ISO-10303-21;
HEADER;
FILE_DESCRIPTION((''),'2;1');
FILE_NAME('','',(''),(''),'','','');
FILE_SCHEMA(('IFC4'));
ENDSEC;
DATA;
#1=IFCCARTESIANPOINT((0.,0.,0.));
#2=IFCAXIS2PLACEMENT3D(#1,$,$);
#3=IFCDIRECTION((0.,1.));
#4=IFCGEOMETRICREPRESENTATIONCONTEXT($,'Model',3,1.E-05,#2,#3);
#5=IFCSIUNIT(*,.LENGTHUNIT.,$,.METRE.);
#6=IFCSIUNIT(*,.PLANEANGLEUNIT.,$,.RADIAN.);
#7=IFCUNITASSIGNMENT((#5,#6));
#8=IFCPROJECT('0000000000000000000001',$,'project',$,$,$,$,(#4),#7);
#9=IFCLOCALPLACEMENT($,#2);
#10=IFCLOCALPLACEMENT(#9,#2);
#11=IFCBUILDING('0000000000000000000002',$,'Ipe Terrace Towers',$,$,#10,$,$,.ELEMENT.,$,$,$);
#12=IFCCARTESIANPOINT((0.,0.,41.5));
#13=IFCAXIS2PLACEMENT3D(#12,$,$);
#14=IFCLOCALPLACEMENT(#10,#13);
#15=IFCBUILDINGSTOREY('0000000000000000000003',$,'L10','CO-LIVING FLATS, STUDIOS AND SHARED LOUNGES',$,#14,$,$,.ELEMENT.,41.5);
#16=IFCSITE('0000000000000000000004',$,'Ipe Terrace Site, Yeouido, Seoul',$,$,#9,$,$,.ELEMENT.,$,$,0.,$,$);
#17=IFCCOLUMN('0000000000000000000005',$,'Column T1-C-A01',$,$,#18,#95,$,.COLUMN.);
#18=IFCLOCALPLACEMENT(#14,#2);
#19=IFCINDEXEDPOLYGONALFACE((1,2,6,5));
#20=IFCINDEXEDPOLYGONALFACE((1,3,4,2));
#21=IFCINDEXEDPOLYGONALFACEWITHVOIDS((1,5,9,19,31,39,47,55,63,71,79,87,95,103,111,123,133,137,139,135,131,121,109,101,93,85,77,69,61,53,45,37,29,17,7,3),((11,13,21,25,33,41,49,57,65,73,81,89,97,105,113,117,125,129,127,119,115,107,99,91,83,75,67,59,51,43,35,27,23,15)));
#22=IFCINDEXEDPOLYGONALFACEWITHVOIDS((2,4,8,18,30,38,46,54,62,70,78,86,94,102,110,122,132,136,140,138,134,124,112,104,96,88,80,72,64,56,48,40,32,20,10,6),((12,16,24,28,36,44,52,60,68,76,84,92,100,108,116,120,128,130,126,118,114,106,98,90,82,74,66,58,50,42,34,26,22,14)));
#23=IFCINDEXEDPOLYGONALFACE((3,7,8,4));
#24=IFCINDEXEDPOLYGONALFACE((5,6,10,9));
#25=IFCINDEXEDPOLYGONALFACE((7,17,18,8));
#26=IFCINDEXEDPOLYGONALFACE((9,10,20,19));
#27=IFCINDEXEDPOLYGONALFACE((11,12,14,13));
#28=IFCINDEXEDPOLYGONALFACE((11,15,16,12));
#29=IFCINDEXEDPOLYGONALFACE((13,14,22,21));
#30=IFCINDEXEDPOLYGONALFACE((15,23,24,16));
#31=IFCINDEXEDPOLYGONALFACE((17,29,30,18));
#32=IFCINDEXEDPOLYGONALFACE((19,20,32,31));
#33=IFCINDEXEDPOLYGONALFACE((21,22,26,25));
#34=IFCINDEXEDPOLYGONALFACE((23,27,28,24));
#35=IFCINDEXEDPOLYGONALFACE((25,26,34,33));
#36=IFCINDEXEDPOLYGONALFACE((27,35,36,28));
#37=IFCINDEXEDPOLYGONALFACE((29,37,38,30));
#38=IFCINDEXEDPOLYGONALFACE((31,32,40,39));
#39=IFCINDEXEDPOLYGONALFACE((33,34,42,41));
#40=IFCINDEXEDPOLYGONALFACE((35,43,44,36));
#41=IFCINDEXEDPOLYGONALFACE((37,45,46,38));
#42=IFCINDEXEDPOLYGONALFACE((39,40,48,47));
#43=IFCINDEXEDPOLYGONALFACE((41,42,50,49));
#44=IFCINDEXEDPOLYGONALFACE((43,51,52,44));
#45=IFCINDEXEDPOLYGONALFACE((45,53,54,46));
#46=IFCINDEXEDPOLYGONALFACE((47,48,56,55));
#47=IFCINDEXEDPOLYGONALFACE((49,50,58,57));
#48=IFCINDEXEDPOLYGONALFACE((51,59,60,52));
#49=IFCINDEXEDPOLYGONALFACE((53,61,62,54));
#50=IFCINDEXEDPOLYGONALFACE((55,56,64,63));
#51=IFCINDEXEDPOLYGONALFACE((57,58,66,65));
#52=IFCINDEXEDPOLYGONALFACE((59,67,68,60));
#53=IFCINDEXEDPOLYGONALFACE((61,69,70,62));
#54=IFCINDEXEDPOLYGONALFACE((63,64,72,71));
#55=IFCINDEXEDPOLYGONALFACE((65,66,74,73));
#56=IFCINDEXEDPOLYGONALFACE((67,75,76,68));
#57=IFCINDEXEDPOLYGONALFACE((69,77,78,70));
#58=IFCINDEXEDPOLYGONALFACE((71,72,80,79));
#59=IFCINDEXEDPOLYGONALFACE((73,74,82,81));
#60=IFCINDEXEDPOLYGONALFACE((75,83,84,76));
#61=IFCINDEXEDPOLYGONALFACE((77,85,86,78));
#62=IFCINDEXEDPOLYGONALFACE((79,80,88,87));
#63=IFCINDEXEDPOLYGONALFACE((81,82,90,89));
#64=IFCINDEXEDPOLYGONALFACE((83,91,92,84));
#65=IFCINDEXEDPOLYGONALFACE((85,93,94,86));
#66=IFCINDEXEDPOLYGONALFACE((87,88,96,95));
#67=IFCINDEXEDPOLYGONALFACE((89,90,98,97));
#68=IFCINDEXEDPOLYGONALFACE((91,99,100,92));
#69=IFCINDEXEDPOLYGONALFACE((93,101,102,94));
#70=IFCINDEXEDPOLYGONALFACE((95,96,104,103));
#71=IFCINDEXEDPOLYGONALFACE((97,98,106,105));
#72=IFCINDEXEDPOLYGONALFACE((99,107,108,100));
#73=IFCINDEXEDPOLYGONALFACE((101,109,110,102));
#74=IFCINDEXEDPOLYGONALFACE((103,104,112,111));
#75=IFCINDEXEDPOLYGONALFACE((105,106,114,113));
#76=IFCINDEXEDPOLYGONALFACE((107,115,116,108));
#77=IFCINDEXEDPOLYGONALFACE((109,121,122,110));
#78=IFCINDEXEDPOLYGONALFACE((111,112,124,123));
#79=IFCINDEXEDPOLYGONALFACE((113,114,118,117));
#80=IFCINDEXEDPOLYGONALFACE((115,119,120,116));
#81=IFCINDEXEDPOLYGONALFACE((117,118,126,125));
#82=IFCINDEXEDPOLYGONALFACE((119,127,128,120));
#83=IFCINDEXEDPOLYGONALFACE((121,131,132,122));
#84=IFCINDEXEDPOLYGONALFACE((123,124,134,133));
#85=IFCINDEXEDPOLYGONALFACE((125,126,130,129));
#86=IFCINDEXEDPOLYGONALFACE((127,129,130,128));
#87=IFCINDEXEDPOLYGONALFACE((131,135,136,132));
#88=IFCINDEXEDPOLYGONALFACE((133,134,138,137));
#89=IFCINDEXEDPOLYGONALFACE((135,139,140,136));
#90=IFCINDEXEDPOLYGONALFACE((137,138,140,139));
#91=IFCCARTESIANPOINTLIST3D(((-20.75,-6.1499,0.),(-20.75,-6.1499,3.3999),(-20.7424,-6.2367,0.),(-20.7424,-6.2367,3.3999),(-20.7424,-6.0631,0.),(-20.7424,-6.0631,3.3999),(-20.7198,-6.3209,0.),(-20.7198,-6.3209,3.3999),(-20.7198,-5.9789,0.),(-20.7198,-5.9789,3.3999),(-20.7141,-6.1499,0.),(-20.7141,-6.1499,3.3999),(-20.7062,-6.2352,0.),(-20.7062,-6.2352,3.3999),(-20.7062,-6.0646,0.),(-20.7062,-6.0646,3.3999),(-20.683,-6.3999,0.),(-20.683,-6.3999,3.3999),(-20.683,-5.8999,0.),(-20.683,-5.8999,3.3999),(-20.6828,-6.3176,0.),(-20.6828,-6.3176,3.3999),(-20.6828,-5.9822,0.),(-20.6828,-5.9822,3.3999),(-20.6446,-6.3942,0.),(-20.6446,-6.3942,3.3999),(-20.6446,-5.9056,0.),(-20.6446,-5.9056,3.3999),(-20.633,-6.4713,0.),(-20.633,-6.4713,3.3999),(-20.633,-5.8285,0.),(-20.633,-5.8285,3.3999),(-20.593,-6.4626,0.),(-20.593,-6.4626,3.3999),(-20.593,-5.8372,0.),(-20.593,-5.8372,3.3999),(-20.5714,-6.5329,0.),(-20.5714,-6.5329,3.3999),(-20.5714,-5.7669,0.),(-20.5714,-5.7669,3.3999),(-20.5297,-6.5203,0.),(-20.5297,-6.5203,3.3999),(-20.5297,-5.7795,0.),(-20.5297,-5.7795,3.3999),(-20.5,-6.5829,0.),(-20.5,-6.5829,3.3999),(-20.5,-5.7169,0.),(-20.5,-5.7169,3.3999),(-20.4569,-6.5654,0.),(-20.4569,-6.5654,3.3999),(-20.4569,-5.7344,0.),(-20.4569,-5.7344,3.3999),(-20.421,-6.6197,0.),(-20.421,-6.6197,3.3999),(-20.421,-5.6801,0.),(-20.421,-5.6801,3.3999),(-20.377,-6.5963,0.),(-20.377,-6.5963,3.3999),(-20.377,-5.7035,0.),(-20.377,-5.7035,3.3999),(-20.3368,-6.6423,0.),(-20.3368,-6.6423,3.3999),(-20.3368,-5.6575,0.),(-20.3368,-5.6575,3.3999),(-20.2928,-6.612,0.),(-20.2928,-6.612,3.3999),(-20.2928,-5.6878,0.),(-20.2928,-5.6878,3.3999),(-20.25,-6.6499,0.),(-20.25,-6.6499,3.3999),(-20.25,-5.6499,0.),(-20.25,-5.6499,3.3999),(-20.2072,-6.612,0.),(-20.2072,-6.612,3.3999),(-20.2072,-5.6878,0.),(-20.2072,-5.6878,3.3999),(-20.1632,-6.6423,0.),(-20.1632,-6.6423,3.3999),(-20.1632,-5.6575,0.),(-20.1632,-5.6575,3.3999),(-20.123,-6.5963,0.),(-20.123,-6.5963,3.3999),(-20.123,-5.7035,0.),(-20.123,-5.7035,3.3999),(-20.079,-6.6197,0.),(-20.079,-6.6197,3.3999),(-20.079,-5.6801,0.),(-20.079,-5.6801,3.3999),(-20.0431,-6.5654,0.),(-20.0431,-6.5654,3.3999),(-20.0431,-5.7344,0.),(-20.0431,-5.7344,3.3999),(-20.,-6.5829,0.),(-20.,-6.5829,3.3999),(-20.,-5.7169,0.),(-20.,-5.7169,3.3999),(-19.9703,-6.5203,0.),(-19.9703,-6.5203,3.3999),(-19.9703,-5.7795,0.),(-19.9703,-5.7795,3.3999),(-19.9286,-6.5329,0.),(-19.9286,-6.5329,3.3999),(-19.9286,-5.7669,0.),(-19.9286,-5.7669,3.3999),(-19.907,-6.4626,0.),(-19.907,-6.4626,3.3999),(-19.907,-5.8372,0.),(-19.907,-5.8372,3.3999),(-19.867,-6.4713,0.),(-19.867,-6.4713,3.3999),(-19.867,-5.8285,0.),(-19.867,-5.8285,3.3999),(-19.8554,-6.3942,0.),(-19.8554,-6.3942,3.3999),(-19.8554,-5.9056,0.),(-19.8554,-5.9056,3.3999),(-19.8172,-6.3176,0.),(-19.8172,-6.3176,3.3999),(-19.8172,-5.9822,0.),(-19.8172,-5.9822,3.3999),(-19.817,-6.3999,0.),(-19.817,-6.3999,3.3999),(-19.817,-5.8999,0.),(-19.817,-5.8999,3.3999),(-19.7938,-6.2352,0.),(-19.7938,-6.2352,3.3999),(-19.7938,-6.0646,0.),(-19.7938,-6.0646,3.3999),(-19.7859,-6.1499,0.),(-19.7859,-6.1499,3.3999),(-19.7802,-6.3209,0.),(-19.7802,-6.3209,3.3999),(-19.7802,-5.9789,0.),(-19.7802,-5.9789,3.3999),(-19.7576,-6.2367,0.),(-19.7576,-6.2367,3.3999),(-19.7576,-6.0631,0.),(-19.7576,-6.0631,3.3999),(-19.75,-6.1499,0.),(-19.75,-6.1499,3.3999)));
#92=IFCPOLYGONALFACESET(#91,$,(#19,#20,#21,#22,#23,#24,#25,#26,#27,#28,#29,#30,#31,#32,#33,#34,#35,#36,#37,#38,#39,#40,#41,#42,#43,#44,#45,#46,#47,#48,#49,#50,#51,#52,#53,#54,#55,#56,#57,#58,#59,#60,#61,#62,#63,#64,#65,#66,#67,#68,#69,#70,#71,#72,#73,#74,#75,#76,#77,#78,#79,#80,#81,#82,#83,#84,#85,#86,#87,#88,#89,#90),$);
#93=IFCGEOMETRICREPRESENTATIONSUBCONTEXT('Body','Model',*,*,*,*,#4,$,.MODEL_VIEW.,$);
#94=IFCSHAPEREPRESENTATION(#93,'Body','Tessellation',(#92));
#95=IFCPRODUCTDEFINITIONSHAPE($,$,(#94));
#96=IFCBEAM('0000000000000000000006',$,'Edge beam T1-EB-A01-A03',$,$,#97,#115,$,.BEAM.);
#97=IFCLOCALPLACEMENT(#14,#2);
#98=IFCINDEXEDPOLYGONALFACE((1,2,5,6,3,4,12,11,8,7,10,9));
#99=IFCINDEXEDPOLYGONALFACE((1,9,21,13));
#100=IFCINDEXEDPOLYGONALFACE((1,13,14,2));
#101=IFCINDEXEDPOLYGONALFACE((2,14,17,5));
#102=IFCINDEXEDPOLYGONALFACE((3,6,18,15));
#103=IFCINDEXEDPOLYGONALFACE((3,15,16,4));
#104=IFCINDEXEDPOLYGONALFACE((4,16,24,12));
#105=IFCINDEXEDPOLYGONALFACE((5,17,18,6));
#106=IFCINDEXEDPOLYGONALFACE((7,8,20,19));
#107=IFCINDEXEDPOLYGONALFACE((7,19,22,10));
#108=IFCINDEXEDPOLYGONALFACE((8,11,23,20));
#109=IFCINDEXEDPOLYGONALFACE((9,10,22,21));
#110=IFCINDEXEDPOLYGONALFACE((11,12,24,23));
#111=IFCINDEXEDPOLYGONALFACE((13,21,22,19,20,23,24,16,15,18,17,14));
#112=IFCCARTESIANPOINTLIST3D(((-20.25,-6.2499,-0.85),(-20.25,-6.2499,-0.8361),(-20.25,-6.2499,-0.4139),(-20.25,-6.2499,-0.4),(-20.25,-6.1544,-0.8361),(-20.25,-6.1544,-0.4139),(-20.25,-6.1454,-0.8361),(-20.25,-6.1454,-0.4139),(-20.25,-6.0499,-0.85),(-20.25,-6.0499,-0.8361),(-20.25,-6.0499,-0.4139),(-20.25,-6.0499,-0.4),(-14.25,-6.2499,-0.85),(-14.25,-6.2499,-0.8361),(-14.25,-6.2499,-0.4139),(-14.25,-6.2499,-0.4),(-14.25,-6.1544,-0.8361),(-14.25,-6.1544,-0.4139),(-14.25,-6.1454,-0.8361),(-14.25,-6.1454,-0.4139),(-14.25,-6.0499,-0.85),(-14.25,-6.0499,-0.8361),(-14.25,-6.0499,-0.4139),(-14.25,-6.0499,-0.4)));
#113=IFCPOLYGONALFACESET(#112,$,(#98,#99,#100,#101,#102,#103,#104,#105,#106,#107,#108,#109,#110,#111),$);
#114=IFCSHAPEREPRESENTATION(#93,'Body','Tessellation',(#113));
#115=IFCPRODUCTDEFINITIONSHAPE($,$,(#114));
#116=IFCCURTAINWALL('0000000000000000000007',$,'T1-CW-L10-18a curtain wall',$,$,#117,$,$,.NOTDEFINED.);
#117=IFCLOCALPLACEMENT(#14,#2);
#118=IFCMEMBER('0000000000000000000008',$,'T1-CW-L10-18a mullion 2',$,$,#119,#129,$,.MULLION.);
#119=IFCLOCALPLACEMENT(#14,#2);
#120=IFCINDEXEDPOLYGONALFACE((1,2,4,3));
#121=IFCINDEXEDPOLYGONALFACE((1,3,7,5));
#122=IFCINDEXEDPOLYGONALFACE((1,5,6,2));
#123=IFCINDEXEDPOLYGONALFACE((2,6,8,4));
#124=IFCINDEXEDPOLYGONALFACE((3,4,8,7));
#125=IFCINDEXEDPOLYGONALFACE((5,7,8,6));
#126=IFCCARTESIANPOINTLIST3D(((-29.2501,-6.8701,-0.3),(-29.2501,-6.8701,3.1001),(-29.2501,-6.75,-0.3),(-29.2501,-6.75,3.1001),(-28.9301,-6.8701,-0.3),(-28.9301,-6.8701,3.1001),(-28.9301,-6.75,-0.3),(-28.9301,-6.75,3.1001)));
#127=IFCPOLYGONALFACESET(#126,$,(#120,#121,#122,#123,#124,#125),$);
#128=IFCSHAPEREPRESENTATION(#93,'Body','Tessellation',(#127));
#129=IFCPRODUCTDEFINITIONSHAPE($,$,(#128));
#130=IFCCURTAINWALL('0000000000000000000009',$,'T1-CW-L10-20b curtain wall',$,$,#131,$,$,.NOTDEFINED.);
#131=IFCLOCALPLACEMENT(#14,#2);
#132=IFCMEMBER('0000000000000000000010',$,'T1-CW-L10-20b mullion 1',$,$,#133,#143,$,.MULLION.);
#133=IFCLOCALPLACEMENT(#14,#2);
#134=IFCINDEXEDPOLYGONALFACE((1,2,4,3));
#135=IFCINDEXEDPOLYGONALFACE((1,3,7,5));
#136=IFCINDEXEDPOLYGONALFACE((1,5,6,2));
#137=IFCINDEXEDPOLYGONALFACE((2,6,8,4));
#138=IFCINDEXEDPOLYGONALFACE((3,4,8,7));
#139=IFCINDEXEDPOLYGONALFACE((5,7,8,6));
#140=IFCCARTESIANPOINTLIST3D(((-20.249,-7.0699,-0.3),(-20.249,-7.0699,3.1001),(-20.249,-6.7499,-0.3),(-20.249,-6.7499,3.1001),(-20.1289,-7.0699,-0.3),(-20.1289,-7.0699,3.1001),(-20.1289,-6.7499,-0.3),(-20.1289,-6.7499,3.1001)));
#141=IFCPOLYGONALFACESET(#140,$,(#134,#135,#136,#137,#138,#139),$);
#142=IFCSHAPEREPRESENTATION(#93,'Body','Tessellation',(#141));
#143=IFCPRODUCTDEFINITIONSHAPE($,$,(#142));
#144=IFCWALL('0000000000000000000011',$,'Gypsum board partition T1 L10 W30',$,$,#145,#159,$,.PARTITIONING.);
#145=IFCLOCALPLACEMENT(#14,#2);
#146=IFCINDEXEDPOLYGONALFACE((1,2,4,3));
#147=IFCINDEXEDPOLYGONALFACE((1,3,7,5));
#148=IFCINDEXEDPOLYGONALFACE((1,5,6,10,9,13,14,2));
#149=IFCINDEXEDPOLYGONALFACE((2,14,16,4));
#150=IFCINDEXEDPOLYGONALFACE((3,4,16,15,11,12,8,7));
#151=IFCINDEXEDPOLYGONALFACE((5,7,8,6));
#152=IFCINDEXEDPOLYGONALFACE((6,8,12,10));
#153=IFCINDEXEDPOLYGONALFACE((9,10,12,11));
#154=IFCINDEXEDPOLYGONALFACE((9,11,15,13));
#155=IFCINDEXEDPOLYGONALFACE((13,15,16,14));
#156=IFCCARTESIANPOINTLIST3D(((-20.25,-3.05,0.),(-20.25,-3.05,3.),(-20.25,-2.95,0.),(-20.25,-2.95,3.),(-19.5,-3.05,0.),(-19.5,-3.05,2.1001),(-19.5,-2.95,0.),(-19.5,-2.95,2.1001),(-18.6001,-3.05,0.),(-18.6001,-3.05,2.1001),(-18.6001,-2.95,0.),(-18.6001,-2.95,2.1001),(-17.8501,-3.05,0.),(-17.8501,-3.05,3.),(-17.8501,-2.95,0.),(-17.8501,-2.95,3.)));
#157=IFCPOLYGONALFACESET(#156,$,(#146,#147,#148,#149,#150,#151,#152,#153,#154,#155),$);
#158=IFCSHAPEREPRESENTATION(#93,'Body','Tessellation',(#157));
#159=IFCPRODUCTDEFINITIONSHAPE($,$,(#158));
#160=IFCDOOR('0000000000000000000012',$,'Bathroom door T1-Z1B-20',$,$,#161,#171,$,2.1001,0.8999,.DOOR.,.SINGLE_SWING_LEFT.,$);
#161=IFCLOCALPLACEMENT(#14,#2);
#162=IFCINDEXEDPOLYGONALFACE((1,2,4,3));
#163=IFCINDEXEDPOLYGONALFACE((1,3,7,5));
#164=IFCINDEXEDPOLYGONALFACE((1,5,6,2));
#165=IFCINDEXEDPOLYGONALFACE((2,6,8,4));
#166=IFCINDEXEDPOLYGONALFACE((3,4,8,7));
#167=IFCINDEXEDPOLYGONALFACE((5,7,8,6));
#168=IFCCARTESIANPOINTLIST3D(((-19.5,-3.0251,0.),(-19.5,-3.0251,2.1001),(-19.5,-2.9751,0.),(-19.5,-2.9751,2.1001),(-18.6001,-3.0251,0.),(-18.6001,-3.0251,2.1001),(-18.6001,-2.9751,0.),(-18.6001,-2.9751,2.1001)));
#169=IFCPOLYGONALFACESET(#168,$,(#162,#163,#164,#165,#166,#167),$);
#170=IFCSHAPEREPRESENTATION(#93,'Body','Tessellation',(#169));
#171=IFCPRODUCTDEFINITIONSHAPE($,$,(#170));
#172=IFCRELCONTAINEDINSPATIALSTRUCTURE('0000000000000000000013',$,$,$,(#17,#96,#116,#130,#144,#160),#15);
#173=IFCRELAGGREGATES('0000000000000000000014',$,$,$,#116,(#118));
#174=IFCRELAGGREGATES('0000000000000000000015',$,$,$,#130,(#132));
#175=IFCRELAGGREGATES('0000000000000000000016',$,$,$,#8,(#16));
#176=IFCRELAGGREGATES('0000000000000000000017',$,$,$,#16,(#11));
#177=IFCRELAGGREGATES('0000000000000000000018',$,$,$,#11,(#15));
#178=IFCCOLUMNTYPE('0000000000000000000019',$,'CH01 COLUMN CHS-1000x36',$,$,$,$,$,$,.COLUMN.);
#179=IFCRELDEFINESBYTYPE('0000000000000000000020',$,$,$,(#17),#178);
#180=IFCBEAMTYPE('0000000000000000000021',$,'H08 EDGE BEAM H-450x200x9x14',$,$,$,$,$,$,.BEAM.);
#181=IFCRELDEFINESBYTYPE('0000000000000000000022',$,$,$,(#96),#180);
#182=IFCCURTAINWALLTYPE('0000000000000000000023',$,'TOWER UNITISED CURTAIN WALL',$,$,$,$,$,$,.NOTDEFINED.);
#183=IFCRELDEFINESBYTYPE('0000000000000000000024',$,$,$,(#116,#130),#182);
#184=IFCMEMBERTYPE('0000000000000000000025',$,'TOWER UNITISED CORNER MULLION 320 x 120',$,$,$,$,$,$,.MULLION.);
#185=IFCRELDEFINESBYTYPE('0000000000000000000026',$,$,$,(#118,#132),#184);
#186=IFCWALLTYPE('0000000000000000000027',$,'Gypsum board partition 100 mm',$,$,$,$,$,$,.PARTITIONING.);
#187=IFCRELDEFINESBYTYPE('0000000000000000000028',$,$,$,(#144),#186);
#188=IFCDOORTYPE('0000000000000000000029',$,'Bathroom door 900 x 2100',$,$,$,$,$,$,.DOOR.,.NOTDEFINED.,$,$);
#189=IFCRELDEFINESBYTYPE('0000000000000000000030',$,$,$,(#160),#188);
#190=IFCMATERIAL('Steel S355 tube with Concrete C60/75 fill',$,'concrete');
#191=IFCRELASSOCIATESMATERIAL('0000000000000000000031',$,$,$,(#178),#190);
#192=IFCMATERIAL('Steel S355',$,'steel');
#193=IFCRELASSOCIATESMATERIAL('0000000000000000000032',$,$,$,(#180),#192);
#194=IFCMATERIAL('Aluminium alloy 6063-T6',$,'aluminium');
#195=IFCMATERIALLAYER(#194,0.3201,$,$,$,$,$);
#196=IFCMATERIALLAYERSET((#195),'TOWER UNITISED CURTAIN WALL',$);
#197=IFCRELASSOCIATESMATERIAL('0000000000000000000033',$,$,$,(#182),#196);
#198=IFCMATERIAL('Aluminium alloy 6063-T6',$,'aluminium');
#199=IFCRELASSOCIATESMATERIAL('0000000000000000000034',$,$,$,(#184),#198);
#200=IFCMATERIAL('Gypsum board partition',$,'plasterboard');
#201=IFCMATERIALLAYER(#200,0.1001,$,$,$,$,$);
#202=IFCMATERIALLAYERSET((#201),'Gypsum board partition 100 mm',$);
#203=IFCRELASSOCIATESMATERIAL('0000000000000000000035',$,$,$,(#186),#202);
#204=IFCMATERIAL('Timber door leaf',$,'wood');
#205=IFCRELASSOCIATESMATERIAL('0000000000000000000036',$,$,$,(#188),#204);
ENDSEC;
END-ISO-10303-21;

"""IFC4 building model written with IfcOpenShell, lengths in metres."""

from ifc_helpers import new_model, si_unit, direction, frame, frame_2d, origin, origin_2d, place, context, subcontext, project, spatial, rectangle, hollow_circle, i_section, extrude, material, layer, layer_set, material_profile, profile_set, type_object, element, fill, aggregate, save


model = new_model("IFC4")

# Units and contexts
model_context = context("Model", 3, precision=1e-05, world=origin(), true_north=direction((0.0, 1.0)))
body_context = subcontext(model_context, "Body", "Model", "MODEL_VIEW")
ifc_project = project(units=[si_unit("LENGTHUNIT", "METRE"), si_unit("PLANEANGLEUNIT", "RADIAN")], contexts=[model_context])

# Site, building, storey
site_placement = place(None, origin())
site = spatial("IfcSite", under=ifc_project, at=site_placement, Name="Ipe Terrace Site, Yeouido, Seoul", CompositionType="ELEMENT", RefElevation=0.0)
building_placement = place(site_placement, origin())
building = spatial("IfcBuilding", under=site, at=building_placement, Name="Ipe Terrace Towers", CompositionType="ELEMENT")
storey_placement = place(building_placement, frame((0.0, 0.0, 41.5)))
storey = spatial("IfcBuildingStorey", under=building, at=storey_placement, Name="L10", Description="CO-LIVING FLATS, STUDIOS AND SHARED LOUNGES", CompositionType="ELEMENT", Elevation=41.5)

# Column
ifc_material_1 = material(Name="Steel S355 tube with Concrete C60/75 fill", Category="concrete")
ifc_material_profile_1 = material_profile(ifc_material_1, hollow_circle(Radius=0.5, WallThickness=0.0359, at=origin_2d()), Name="CHS-1000x36")
ifc_profile_set_1 = profile_set([ifc_material_profile_1], Name="Steel S355 tube with Concrete C60/75 fill")
column_type = type_object("IfcColumnType", Name="CH01 COLUMN CHS-1000x36", PredefinedType="COLUMN", material=ifc_profile_set_1)
column_placement = place(storey_placement, frame((-20.25, -6.1499, 0.0), z_axis=(0.0, 0.0, 1.0), x_axis=(1.0, 0.0, 0.0)))
element("IfcColumn", 1, at=column_placement, inside=storey, type_object=column_type, Name="Column T1-C-A01", PredefinedType="COLUMN", context=body_context, shape_type="SweptSolid", body=[
    extrude(hollow_circle(Radius=0.5, WallThickness=0.0359, at=origin_2d()), origin(), (0.0, 0.0, 1.0), 3.3999),
])

# Beam
ifc_material_2 = material(Name="Steel S355", Category="steel")
ifc_material_profile_2 = material_profile(ifc_material_2, i_section(OverallWidth=0.2, OverallDepth=0.45, WebThickness=0.009, FlangeThickness=0.0139, at=origin_2d()), Name="H-450x200x9x14")
ifc_profile_set_2 = profile_set([ifc_material_profile_2], Name="Steel S355")
beam_type = type_object("IfcBeamType", Name="H08 EDGE BEAM H-450x200x9x14", PredefinedType="BEAM", material=ifc_profile_set_2)
beam_placement = place(storey_placement, frame((-20.25, -6.1499, -0.625), z_axis=(1.0, 0.0, 0.0), x_axis=(0.0, 1.0, 0.0)))
element("IfcBeam", 2, at=beam_placement, inside=storey, type_object=beam_type, Name="Edge beam T1-EB-A01-A03", PredefinedType="BEAM", context=body_context, shape_type="SweptSolid", body=[
    extrude(i_section(OverallWidth=0.2, OverallDepth=0.45, WebThickness=0.009, FlangeThickness=0.0139, at=origin_2d()), origin(), (0.0, 0.0, 1.0), 6.0),
])

# Curtain walls, members
ifc_material_3 = material(Name="Aluminium alloy 6063-T6", Category="aluminium")
ifc_layer_1 = layer(ifc_material_3, 0.3201)
ifc_layer_set_1 = layer_set([ifc_layer_1], Name="TOWER UNITISED CURTAIN WALL")
curtain_wall_type = type_object("IfcCurtainWallType", Name="TOWER UNITISED CURTAIN WALL", PredefinedType="NOTDEFINED", material=ifc_layer_set_1)
curtain_wall_1_placement = place(storey_placement, origin())
curtain_wall_1 = element("IfcCurtainWall", 3, at=curtain_wall_1_placement, inside=storey, type_object=curtain_wall_type, Name="T1-CW-L10-18a curtain wall", PredefinedType="NOTDEFINED")
ifc_material_4 = material(Name="Aluminium alloy 6063-T6", Category="aluminium")
ifc_material_profile_3 = material_profile(ifc_material_4, rectangle(XDim=0.3201, YDim=0.1201, at=origin_2d()), Name="TOWER UNITISED CORNER MULLION 320 x 120")
ifc_profile_set_3 = profile_set([ifc_material_profile_3], Name="Aluminium alloy 6063-T6")
member_type = type_object("IfcMemberType", Name="TOWER UNITISED CORNER MULLION 320 x 120", PredefinedType="MULLION", material=ifc_profile_set_3)
member_1_placement = place(storey_placement, frame((-29.0901, -6.8101, -0.3), z_axis=(0.0, 0.0, 1.0), x_axis=(1.0, 0.0, 0.0)))
member_1 = element("IfcMember", 4, at=member_1_placement, type_object=member_type, Name="T1-CW-L10-18a mullion 2", PredefinedType="MULLION", context=body_context, shape_type="SweptSolid", body=[
    extrude(rectangle(XDim=0.3201, YDim=0.1201, at=origin_2d()), origin(), (0.0, 0.0, 1.0), 3.4001),
])
aggregate(curtain_wall_1, [member_1])
curtain_wall_2_placement = place(storey_placement, origin())
curtain_wall_2 = element("IfcCurtainWall", 5, at=curtain_wall_2_placement, inside=storey, type_object=curtain_wall_type, Name="T1-CW-L10-20b curtain wall", PredefinedType="NOTDEFINED")
member_2_placement = place(storey_placement, frame((-20.189, -6.9099, -0.3), z_axis=(0.0, 0.0, 1.0), x_axis=(0.0, -1.0, 0.0)))
member_2 = element("IfcMember", 6, at=member_2_placement, type_object=member_type, Name="T1-CW-L10-20b mullion 1", PredefinedType="MULLION", context=body_context, shape_type="SweptSolid", body=[
    extrude(rectangle(XDim=0.3201, YDim=0.1201, at=origin_2d()), origin(), (0.0, 0.0, 1.0), 3.4001),
])
aggregate(curtain_wall_2, [member_2])

# Wall, opening, door
ifc_material_5 = material(Name="Gypsum board partition", Category="plasterboard")
ifc_layer_2 = layer(ifc_material_5, 0.1001)
ifc_layer_set_2 = layer_set([ifc_layer_2], Name="Gypsum board partition 100 mm")
wall_type_1 = type_object("IfcWallType", Name="Gypsum board partition 100 mm", PredefinedType="PARTITIONING", material=ifc_layer_set_2)
wall_1_placement = place(storey_placement, frame((-20.25, -3.0, 0.0), z_axis=(0.0, 0.0, 1.0), x_axis=(1.0, 0.0, 0.0)))
wall_1 = element("IfcWall", 7, at=wall_1_placement, inside=storey, type_object=wall_type_1, Name="Gypsum board partition T1 L10 W30", PredefinedType="PARTITIONING", context=body_context, shape_type="SweptSolid", body=[
    extrude(rectangle(XDim=2.3999, YDim=0.1001, at=frame_2d((1.2, 0.0))), origin(), (0.0, 0.0, 1.0), 3.0),
])
opening_1_placement = place(wall_1_placement, frame((0.75, 0.0, 0.0)))
opening_1 = element("IfcOpeningElement", 8, at=opening_1_placement, cuts=wall_1, PredefinedType="OPENING", context=body_context, shape_type="SweptSolid", body=[
    extrude(rectangle(XDim=0.8999, YDim=2.1001, at=frame_2d((0.45, 1.05))), frame((0.0, 0.0601, 0.0), z_axis=(0.0, -1.0, 0.0), x_axis=(1.0, 0.0, 0.0)), (0.0, 0.0, 1.0), 0.1201),
])
ifc_material_6 = material(Name="Timber door leaf", Category="wood")
door_type_1 = type_object("IfcDoorType", Name="Bathroom door 900 x 2100", OperationType="NOTDEFINED", PredefinedType="DOOR", material=ifc_material_6)
door_1_placement = place(opening_1_placement, origin())
door_1 = element("IfcDoor", 9, at=door_1_placement, inside=storey, type_object=door_type_1, Name="Bathroom door T1-Z1B-20", OperationType="SINGLE_SWING_LEFT", OverallHeight=2.1001, OverallWidth=0.8999, PredefinedType="DOOR", context=body_context, shape_type="SweptSolid", body=[
    extrude(rectangle(XDim=0.8999, YDim=2.1001, at=frame_2d((0.45, 1.05))), frame((0.0, 0.0249, 0.0), z_axis=(0.0, -1.0, 0.0), x_axis=(1.0, 0.0, 0.0)), (0.0, 0.0, 1.0), 0.05),
])
fill(opening_1, door_1)

save(model, "model.ifc")
